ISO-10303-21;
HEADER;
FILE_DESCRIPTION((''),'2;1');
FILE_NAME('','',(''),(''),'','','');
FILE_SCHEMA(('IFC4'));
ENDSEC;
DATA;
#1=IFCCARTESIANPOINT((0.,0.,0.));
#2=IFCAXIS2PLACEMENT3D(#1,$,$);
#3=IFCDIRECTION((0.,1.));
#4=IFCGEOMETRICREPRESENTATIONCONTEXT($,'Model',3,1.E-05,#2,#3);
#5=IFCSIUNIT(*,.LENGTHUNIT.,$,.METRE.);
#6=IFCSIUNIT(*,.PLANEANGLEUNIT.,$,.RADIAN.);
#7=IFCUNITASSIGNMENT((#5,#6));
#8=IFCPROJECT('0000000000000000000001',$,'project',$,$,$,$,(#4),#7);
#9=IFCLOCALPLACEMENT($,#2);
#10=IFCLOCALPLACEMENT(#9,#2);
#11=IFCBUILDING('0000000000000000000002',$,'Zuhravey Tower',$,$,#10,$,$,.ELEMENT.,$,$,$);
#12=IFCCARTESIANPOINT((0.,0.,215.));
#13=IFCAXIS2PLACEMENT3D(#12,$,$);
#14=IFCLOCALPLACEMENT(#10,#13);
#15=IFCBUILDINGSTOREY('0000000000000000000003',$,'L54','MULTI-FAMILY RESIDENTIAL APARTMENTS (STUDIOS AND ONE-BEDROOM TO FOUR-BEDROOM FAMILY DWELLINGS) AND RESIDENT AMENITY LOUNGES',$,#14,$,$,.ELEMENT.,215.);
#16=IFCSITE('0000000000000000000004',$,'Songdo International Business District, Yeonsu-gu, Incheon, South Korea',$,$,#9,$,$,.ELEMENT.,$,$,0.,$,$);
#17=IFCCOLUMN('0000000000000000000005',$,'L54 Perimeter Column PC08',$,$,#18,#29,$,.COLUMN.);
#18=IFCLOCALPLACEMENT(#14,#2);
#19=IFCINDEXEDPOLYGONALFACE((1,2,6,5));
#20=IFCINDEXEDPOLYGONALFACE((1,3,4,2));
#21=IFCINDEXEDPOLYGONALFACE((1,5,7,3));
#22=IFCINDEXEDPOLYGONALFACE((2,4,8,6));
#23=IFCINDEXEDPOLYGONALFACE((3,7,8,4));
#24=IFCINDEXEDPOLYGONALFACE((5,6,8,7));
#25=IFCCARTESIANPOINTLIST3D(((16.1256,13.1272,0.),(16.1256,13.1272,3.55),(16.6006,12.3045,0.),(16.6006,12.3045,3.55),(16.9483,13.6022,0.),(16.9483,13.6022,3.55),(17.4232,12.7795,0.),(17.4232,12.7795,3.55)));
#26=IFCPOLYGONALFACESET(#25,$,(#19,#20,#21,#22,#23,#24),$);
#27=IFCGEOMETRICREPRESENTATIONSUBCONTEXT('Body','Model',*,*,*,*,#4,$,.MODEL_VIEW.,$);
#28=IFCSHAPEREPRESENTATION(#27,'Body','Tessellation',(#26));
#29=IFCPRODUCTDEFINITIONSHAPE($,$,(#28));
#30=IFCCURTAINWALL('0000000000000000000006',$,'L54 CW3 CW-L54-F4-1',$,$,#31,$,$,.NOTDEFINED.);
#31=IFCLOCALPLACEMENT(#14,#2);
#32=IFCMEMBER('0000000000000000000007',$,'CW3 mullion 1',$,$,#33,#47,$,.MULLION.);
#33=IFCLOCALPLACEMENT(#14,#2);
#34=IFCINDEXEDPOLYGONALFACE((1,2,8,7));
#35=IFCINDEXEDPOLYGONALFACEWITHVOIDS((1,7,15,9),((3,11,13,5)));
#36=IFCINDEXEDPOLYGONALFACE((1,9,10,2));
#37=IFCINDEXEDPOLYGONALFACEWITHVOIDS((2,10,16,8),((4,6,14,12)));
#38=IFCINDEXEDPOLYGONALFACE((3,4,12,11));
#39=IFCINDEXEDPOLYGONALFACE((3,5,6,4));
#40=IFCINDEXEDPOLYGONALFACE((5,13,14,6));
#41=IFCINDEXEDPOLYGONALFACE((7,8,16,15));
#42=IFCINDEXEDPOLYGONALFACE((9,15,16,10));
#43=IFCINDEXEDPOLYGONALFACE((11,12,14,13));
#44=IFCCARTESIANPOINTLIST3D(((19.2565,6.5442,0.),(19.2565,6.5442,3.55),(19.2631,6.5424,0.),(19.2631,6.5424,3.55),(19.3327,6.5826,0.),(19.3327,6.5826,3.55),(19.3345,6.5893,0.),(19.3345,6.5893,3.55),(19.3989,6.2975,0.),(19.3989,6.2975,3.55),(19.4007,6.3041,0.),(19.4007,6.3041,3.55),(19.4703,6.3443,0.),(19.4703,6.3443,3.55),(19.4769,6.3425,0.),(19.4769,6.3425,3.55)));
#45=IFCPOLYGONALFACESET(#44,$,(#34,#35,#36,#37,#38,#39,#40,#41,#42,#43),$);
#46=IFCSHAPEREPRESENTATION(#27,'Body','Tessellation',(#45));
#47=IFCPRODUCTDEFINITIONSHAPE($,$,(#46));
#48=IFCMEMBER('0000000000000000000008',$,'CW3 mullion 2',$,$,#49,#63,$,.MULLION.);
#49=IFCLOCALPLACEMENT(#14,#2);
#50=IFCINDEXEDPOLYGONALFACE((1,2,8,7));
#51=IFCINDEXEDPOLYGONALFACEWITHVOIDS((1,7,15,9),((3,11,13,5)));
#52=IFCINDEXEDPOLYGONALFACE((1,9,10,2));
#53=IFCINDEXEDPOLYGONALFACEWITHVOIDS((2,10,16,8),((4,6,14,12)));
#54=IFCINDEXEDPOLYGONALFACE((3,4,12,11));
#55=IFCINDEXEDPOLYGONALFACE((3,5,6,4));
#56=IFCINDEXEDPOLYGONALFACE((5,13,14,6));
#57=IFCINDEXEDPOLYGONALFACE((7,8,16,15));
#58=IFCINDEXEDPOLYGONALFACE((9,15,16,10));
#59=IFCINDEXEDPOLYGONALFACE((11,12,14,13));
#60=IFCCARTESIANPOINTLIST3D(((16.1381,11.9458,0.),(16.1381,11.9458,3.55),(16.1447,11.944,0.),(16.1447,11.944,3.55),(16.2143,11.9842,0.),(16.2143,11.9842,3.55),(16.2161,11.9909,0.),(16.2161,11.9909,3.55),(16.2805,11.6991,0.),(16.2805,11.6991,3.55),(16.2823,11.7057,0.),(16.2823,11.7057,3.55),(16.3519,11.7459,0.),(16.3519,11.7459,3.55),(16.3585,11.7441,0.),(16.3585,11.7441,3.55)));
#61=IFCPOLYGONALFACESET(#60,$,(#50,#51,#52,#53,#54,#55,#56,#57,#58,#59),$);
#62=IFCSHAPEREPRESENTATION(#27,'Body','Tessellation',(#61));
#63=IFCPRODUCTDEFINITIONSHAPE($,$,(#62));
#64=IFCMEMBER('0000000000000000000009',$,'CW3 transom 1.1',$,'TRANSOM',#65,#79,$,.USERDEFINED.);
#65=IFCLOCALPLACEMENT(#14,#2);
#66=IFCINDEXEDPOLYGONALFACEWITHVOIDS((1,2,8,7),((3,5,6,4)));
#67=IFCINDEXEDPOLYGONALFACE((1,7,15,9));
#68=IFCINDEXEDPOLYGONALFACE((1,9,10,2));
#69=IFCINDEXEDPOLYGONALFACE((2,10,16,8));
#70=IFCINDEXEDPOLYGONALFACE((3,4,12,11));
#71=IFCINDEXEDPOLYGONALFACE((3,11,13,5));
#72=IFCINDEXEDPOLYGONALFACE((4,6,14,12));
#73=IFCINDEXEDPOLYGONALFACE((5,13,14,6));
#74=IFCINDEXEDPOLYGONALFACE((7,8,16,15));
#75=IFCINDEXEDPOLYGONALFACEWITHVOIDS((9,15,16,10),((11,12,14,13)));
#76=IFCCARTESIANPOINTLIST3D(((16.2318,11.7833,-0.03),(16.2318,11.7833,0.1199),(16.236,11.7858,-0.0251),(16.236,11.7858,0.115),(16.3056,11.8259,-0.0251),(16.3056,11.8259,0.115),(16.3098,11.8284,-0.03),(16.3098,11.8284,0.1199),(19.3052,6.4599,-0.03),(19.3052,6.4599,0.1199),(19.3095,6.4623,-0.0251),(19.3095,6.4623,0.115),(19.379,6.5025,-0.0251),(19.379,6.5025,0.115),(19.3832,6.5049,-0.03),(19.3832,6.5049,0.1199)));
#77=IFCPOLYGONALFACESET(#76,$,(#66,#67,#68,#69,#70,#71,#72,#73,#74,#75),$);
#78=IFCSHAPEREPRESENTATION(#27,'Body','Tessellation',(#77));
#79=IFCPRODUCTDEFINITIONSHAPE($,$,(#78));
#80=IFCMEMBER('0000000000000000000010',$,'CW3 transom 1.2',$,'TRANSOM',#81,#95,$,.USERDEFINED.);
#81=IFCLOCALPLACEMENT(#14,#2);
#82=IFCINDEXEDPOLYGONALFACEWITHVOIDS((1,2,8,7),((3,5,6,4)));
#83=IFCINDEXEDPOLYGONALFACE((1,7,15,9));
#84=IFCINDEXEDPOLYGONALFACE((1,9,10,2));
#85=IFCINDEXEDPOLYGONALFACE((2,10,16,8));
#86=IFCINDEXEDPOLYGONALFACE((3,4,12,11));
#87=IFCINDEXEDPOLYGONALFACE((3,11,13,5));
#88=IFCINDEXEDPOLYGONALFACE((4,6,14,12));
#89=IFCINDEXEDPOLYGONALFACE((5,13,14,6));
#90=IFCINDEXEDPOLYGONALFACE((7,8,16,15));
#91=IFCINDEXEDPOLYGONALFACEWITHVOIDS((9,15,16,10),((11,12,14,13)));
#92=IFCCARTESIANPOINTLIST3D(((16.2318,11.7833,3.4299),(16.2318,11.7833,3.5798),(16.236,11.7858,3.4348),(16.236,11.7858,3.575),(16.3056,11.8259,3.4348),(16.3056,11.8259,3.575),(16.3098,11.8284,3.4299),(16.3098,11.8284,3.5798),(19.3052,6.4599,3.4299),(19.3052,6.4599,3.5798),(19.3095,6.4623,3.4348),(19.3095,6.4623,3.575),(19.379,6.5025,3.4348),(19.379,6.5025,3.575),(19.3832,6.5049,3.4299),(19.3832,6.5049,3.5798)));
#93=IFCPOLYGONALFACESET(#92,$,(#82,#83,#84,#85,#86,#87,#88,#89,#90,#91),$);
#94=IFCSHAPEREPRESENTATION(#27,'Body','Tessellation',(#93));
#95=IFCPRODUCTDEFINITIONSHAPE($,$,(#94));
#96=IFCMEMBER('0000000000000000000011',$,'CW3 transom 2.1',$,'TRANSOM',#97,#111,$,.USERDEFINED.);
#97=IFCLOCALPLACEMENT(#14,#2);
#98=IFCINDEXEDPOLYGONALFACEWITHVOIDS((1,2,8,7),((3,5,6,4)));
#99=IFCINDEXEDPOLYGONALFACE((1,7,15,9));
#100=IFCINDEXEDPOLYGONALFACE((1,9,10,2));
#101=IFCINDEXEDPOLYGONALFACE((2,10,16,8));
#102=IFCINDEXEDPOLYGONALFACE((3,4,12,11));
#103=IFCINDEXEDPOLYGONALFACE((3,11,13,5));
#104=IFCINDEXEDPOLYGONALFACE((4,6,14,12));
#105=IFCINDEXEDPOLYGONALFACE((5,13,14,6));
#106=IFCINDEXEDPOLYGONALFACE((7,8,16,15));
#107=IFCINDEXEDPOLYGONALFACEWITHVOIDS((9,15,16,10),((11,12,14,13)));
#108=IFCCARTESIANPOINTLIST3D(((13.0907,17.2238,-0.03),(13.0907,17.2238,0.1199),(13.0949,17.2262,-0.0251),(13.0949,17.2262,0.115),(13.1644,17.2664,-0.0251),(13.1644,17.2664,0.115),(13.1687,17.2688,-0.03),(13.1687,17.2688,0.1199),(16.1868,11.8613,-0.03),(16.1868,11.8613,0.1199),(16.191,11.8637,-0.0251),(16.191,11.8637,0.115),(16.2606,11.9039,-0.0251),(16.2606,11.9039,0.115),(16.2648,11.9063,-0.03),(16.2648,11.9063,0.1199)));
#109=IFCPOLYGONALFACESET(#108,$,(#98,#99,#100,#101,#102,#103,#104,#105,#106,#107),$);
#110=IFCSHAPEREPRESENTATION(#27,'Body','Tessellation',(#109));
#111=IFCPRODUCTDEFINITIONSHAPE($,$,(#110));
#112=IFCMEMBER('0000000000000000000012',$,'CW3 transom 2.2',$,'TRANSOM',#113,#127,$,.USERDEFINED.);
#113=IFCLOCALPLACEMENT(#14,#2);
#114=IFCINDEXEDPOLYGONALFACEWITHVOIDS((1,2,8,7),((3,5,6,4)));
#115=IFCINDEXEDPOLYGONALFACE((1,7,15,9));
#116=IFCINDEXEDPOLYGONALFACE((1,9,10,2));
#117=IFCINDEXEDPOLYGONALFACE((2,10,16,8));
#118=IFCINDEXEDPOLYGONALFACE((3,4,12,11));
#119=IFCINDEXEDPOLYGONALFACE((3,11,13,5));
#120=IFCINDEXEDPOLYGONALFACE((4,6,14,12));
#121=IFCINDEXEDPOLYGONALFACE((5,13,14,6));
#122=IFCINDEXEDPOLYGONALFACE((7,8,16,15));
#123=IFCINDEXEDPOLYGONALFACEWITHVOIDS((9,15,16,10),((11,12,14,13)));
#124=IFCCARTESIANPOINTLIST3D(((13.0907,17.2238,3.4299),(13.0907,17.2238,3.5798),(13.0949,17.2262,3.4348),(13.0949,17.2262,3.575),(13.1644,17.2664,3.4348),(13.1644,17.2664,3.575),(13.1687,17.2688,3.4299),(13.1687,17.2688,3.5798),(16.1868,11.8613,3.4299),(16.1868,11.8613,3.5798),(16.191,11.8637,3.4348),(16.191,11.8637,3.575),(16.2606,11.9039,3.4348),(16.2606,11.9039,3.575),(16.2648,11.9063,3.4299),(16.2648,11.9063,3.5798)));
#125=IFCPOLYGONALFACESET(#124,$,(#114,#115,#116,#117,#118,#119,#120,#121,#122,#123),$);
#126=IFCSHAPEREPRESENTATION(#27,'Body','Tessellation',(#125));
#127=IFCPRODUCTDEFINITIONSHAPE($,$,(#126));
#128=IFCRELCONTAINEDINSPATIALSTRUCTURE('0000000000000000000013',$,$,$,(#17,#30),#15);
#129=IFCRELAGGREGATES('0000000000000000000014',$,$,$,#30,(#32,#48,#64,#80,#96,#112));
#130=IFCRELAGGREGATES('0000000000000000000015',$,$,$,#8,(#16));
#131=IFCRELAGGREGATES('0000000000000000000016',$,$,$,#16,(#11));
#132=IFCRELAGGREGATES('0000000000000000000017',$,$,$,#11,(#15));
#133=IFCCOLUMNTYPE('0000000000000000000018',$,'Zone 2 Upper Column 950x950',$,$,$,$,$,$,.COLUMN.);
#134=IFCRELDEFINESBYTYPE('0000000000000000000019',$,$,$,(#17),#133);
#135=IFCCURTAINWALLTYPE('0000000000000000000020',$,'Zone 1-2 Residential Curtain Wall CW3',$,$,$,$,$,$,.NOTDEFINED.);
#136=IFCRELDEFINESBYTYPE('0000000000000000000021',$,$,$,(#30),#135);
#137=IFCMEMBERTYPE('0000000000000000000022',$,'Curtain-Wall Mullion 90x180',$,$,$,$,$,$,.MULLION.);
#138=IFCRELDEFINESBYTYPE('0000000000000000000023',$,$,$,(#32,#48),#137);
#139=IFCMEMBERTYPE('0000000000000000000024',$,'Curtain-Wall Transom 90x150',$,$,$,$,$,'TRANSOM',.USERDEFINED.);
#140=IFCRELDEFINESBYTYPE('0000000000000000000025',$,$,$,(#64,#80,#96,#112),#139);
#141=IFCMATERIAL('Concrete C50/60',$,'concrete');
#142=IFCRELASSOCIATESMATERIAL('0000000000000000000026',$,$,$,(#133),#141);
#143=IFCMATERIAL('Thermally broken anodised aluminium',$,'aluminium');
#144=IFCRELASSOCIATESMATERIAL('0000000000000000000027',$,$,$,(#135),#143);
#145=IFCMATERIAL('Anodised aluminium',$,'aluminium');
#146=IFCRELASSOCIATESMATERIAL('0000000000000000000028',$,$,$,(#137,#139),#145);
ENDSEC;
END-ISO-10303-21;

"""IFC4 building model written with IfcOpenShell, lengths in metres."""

from ifc_helpers import new_model, si_unit, direction, frame, origin, origin_2d, place, context, subcontext, project, spatial, rectangle, hollow_rectangle, extrude, material, material_profile, profile_set, type_object, element, aggregate, save


model = new_model("IFC4")

# Units and contexts
model_context = context("Model", 3, precision=1e-05, world=origin(), true_north=direction((0.0, 1.0)))
body_context = subcontext(model_context, "Body", "Model", "MODEL_VIEW")
ifc_project = project(units=[si_unit("LENGTHUNIT", "METRE"), si_unit("PLANEANGLEUNIT", "RADIAN")], contexts=[model_context])

# Site, building, storey
site_placement = place(None, origin())
site = spatial("IfcSite", under=ifc_project, at=site_placement, Name="Songdo International Business District, Yeonsu-gu, Incheon, South Korea", CompositionType="ELEMENT", RefElevation=0.0)
building_placement = place(site_placement, origin())
building = spatial("IfcBuilding", under=site, at=building_placement, Name="Zuhravey Tower", CompositionType="ELEMENT")
storey_placement = place(building_placement, frame((0.0, 0.0, 215.0)))
storey = spatial("IfcBuildingStorey", under=building, at=storey_placement, Name="L54", Description="MULTI-FAMILY RESIDENTIAL APARTMENTS (STUDIOS AND ONE-BEDROOM TO FOUR-BEDROOM FAMILY DWELLINGS) AND RESIDENT AMENITY LOUNGES", CompositionType="ELEMENT", Elevation=215.0)

# Column
ifc_material_1 = material(Name="Concrete C50/60", Category="concrete")
ifc_material_profile_1 = material_profile(ifc_material_1, rectangle(XDim=0.95, YDim=0.95, at=origin_2d()), Name="RC-950x950")
ifc_profile_set_1 = profile_set([ifc_material_profile_1], Name="Concrete C50/60")
column_type = type_object("IfcColumnType", Name="Zone 2 Upper Column 950x950", PredefinedType="COLUMN", material=ifc_profile_set_1)
column_placement = place(storey_placement, frame((16.7744, 12.9534, 0.0), z_axis=(0.0, 0.0, 1.0), x_axis=(0.5, -0.866025, 0.0)))
element("IfcColumn", 1, at=column_placement, inside=storey, type_object=column_type, Name="L54 Perimeter Column PC08", PredefinedType="COLUMN", context=body_context, shape_type="SweptSolid", body=[
    extrude(rectangle(XDim=0.95, YDim=0.95, at=origin_2d()), origin(), (0.0, 0.0, 1.0), 3.55),
])

# Curtain wall, members
ifc_material_2 = material(Name="Thermally broken anodised aluminium", Category="aluminium")
curtain_wall_type = type_object("IfcCurtainWallType", Name="Zone 1-2 Residential Curtain Wall CW3", PredefinedType="NOTDEFINED", material=ifc_material_2)
curtain_wall_placement = place(storey_placement, origin())
curtain_wall = element("IfcCurtainWall", 2, at=curtain_wall_placement, inside=storey, type_object=curtain_wall_type, Name="L54 CW3 CW-L54-F4-1", PredefinedType="NOTDEFINED")
ifc_material_3 = material(Name="Anodised aluminium", Category="aluminium")
ifc_material_profile_2 = material_profile(ifc_material_3, hollow_rectangle(XDim=0.0901, YDim=0.2849, WallThickness=0.0049, at=origin_2d()), Name="ALU-RHS-90x285x5")
ifc_profile_set_2 = profile_set([ifc_material_profile_2], Name="Anodised aluminium")
member_type_1 = type_object("IfcMemberType", Name="Curtain-Wall Mullion 90x180", PredefinedType="MULLION", material=ifc_profile_set_2)
member_1_placement = place(storey_placement, frame((19.3667, 6.4434, 0.0), z_axis=(0.0, 0.0, 1.0), x_axis=(-0.866024, -0.500002, 0.0)))
member_1 = element("IfcMember", 3, at=member_1_placement, type_object=member_type_1, Name="CW3 mullion 1", PredefinedType="MULLION", context=body_context, shape_type="SweptSolid", body=[
    extrude(hollow_rectangle(XDim=0.0901, YDim=0.2849, WallThickness=0.0049, at=origin_2d()), origin(), (0.0, 0.0, 1.0), 3.55),
])
member_2_placement = place(storey_placement, frame((16.2483, 11.845, 0.0), z_axis=(0.0, 0.0, 1.0), x_axis=(-0.866024, -0.500002, 0.0)))
member_2 = element("IfcMember", 4, at=member_2_placement, type_object=member_type_1, Name="CW3 mullion 2", PredefinedType="MULLION", context=body_context, shape_type="SweptSolid", body=[
    extrude(hollow_rectangle(XDim=0.0901, YDim=0.2849, WallThickness=0.0049, at=origin_2d()), origin(), (0.0, 0.0, 1.0), 3.55),
])
ifc_material_profile_3 = material_profile(ifc_material_3, hollow_rectangle(XDim=0.0901, YDim=0.1499, WallThickness=0.0049, at=origin_2d()), Name="ALU-RHS-90x150x5")
ifc_profile_set_3 = profile_set([ifc_material_profile_3], Name="Anodised aluminium")
member_type_2 = type_object("IfcMemberType", Name="Curtain-Wall Transom 90x150", ElementType="TRANSOM", PredefinedType="USERDEFINED", material=ifc_profile_set_3)
member_3_placement = place(storey_placement, frame((19.3442, 6.4824, 0.0449), z_axis=(-0.499996, 0.866028, 0.0), x_axis=(-0.866028, -0.499996, 0.0)))
member_3 = element("IfcMember", 5, at=member_3_placement, type_object=member_type_2, Name="CW3 transom 1.1", ObjectType="TRANSOM", PredefinedType="USERDEFINED", context=body_context, shape_type="SweptSolid", body=[
    extrude(hollow_rectangle(XDim=0.0901, YDim=0.1499, WallThickness=0.0049, at=origin_2d()), origin(), (0.0, 0.0, 1.0), 6.147),
])
member_4_placement = place(storey_placement, frame((19.3442, 6.4824, 3.5049), z_axis=(-0.499996, 0.866028, 0.0), x_axis=(-0.866028, -0.499996, 0.0)))
member_4 = element("IfcMember", 6, at=member_4_placement, type_object=member_type_2, Name="CW3 transom 1.2", ObjectType="TRANSOM", PredefinedType="USERDEFINED", context=body_context, shape_type="SweptSolid", body=[
    extrude(hollow_rectangle(XDim=0.0901, YDim=0.1499, WallThickness=0.0049, at=origin_2d()), origin(), (0.0, 0.0, 1.0), 6.147),
])
member_5_placement = place(storey_placement, frame((16.2258, 11.8838, 0.0449), z_axis=(-0.500015, 0.866017, 0.0), x_axis=(-0.866017, -0.500015, 0.0)))
member_5 = element("IfcMember", 7, at=member_5_placement, type_object=member_type_2, Name="CW3 transom 2.1", ObjectType="TRANSOM", PredefinedType="USERDEFINED", context=body_context, shape_type="SweptSolid", body=[
    extrude(hollow_rectangle(XDim=0.0901, YDim=0.1499, WallThickness=0.0049, at=origin_2d()), origin(), (0.0, 0.0, 1.0), 6.1921),
])
member_6_placement = place(storey_placement, frame((16.2258, 11.8838, 3.5049), z_axis=(-0.500015, 0.866017, 0.0), x_axis=(-0.866017, -0.500015, 0.0)))
member_6 = element("IfcMember", 8, at=member_6_placement, type_object=member_type_2, Name="CW3 transom 2.2", ObjectType="TRANSOM", PredefinedType="USERDEFINED", context=body_context, shape_type="SweptSolid", body=[
    extrude(hollow_rectangle(XDim=0.0901, YDim=0.1499, WallThickness=0.0049, at=origin_2d()), origin(), (0.0, 0.0, 1.0), 6.1921),
])

aggregate(curtain_wall, [member_1, member_2, member_3, member_4, member_5, member_6])

save(model, "model.ifc")
